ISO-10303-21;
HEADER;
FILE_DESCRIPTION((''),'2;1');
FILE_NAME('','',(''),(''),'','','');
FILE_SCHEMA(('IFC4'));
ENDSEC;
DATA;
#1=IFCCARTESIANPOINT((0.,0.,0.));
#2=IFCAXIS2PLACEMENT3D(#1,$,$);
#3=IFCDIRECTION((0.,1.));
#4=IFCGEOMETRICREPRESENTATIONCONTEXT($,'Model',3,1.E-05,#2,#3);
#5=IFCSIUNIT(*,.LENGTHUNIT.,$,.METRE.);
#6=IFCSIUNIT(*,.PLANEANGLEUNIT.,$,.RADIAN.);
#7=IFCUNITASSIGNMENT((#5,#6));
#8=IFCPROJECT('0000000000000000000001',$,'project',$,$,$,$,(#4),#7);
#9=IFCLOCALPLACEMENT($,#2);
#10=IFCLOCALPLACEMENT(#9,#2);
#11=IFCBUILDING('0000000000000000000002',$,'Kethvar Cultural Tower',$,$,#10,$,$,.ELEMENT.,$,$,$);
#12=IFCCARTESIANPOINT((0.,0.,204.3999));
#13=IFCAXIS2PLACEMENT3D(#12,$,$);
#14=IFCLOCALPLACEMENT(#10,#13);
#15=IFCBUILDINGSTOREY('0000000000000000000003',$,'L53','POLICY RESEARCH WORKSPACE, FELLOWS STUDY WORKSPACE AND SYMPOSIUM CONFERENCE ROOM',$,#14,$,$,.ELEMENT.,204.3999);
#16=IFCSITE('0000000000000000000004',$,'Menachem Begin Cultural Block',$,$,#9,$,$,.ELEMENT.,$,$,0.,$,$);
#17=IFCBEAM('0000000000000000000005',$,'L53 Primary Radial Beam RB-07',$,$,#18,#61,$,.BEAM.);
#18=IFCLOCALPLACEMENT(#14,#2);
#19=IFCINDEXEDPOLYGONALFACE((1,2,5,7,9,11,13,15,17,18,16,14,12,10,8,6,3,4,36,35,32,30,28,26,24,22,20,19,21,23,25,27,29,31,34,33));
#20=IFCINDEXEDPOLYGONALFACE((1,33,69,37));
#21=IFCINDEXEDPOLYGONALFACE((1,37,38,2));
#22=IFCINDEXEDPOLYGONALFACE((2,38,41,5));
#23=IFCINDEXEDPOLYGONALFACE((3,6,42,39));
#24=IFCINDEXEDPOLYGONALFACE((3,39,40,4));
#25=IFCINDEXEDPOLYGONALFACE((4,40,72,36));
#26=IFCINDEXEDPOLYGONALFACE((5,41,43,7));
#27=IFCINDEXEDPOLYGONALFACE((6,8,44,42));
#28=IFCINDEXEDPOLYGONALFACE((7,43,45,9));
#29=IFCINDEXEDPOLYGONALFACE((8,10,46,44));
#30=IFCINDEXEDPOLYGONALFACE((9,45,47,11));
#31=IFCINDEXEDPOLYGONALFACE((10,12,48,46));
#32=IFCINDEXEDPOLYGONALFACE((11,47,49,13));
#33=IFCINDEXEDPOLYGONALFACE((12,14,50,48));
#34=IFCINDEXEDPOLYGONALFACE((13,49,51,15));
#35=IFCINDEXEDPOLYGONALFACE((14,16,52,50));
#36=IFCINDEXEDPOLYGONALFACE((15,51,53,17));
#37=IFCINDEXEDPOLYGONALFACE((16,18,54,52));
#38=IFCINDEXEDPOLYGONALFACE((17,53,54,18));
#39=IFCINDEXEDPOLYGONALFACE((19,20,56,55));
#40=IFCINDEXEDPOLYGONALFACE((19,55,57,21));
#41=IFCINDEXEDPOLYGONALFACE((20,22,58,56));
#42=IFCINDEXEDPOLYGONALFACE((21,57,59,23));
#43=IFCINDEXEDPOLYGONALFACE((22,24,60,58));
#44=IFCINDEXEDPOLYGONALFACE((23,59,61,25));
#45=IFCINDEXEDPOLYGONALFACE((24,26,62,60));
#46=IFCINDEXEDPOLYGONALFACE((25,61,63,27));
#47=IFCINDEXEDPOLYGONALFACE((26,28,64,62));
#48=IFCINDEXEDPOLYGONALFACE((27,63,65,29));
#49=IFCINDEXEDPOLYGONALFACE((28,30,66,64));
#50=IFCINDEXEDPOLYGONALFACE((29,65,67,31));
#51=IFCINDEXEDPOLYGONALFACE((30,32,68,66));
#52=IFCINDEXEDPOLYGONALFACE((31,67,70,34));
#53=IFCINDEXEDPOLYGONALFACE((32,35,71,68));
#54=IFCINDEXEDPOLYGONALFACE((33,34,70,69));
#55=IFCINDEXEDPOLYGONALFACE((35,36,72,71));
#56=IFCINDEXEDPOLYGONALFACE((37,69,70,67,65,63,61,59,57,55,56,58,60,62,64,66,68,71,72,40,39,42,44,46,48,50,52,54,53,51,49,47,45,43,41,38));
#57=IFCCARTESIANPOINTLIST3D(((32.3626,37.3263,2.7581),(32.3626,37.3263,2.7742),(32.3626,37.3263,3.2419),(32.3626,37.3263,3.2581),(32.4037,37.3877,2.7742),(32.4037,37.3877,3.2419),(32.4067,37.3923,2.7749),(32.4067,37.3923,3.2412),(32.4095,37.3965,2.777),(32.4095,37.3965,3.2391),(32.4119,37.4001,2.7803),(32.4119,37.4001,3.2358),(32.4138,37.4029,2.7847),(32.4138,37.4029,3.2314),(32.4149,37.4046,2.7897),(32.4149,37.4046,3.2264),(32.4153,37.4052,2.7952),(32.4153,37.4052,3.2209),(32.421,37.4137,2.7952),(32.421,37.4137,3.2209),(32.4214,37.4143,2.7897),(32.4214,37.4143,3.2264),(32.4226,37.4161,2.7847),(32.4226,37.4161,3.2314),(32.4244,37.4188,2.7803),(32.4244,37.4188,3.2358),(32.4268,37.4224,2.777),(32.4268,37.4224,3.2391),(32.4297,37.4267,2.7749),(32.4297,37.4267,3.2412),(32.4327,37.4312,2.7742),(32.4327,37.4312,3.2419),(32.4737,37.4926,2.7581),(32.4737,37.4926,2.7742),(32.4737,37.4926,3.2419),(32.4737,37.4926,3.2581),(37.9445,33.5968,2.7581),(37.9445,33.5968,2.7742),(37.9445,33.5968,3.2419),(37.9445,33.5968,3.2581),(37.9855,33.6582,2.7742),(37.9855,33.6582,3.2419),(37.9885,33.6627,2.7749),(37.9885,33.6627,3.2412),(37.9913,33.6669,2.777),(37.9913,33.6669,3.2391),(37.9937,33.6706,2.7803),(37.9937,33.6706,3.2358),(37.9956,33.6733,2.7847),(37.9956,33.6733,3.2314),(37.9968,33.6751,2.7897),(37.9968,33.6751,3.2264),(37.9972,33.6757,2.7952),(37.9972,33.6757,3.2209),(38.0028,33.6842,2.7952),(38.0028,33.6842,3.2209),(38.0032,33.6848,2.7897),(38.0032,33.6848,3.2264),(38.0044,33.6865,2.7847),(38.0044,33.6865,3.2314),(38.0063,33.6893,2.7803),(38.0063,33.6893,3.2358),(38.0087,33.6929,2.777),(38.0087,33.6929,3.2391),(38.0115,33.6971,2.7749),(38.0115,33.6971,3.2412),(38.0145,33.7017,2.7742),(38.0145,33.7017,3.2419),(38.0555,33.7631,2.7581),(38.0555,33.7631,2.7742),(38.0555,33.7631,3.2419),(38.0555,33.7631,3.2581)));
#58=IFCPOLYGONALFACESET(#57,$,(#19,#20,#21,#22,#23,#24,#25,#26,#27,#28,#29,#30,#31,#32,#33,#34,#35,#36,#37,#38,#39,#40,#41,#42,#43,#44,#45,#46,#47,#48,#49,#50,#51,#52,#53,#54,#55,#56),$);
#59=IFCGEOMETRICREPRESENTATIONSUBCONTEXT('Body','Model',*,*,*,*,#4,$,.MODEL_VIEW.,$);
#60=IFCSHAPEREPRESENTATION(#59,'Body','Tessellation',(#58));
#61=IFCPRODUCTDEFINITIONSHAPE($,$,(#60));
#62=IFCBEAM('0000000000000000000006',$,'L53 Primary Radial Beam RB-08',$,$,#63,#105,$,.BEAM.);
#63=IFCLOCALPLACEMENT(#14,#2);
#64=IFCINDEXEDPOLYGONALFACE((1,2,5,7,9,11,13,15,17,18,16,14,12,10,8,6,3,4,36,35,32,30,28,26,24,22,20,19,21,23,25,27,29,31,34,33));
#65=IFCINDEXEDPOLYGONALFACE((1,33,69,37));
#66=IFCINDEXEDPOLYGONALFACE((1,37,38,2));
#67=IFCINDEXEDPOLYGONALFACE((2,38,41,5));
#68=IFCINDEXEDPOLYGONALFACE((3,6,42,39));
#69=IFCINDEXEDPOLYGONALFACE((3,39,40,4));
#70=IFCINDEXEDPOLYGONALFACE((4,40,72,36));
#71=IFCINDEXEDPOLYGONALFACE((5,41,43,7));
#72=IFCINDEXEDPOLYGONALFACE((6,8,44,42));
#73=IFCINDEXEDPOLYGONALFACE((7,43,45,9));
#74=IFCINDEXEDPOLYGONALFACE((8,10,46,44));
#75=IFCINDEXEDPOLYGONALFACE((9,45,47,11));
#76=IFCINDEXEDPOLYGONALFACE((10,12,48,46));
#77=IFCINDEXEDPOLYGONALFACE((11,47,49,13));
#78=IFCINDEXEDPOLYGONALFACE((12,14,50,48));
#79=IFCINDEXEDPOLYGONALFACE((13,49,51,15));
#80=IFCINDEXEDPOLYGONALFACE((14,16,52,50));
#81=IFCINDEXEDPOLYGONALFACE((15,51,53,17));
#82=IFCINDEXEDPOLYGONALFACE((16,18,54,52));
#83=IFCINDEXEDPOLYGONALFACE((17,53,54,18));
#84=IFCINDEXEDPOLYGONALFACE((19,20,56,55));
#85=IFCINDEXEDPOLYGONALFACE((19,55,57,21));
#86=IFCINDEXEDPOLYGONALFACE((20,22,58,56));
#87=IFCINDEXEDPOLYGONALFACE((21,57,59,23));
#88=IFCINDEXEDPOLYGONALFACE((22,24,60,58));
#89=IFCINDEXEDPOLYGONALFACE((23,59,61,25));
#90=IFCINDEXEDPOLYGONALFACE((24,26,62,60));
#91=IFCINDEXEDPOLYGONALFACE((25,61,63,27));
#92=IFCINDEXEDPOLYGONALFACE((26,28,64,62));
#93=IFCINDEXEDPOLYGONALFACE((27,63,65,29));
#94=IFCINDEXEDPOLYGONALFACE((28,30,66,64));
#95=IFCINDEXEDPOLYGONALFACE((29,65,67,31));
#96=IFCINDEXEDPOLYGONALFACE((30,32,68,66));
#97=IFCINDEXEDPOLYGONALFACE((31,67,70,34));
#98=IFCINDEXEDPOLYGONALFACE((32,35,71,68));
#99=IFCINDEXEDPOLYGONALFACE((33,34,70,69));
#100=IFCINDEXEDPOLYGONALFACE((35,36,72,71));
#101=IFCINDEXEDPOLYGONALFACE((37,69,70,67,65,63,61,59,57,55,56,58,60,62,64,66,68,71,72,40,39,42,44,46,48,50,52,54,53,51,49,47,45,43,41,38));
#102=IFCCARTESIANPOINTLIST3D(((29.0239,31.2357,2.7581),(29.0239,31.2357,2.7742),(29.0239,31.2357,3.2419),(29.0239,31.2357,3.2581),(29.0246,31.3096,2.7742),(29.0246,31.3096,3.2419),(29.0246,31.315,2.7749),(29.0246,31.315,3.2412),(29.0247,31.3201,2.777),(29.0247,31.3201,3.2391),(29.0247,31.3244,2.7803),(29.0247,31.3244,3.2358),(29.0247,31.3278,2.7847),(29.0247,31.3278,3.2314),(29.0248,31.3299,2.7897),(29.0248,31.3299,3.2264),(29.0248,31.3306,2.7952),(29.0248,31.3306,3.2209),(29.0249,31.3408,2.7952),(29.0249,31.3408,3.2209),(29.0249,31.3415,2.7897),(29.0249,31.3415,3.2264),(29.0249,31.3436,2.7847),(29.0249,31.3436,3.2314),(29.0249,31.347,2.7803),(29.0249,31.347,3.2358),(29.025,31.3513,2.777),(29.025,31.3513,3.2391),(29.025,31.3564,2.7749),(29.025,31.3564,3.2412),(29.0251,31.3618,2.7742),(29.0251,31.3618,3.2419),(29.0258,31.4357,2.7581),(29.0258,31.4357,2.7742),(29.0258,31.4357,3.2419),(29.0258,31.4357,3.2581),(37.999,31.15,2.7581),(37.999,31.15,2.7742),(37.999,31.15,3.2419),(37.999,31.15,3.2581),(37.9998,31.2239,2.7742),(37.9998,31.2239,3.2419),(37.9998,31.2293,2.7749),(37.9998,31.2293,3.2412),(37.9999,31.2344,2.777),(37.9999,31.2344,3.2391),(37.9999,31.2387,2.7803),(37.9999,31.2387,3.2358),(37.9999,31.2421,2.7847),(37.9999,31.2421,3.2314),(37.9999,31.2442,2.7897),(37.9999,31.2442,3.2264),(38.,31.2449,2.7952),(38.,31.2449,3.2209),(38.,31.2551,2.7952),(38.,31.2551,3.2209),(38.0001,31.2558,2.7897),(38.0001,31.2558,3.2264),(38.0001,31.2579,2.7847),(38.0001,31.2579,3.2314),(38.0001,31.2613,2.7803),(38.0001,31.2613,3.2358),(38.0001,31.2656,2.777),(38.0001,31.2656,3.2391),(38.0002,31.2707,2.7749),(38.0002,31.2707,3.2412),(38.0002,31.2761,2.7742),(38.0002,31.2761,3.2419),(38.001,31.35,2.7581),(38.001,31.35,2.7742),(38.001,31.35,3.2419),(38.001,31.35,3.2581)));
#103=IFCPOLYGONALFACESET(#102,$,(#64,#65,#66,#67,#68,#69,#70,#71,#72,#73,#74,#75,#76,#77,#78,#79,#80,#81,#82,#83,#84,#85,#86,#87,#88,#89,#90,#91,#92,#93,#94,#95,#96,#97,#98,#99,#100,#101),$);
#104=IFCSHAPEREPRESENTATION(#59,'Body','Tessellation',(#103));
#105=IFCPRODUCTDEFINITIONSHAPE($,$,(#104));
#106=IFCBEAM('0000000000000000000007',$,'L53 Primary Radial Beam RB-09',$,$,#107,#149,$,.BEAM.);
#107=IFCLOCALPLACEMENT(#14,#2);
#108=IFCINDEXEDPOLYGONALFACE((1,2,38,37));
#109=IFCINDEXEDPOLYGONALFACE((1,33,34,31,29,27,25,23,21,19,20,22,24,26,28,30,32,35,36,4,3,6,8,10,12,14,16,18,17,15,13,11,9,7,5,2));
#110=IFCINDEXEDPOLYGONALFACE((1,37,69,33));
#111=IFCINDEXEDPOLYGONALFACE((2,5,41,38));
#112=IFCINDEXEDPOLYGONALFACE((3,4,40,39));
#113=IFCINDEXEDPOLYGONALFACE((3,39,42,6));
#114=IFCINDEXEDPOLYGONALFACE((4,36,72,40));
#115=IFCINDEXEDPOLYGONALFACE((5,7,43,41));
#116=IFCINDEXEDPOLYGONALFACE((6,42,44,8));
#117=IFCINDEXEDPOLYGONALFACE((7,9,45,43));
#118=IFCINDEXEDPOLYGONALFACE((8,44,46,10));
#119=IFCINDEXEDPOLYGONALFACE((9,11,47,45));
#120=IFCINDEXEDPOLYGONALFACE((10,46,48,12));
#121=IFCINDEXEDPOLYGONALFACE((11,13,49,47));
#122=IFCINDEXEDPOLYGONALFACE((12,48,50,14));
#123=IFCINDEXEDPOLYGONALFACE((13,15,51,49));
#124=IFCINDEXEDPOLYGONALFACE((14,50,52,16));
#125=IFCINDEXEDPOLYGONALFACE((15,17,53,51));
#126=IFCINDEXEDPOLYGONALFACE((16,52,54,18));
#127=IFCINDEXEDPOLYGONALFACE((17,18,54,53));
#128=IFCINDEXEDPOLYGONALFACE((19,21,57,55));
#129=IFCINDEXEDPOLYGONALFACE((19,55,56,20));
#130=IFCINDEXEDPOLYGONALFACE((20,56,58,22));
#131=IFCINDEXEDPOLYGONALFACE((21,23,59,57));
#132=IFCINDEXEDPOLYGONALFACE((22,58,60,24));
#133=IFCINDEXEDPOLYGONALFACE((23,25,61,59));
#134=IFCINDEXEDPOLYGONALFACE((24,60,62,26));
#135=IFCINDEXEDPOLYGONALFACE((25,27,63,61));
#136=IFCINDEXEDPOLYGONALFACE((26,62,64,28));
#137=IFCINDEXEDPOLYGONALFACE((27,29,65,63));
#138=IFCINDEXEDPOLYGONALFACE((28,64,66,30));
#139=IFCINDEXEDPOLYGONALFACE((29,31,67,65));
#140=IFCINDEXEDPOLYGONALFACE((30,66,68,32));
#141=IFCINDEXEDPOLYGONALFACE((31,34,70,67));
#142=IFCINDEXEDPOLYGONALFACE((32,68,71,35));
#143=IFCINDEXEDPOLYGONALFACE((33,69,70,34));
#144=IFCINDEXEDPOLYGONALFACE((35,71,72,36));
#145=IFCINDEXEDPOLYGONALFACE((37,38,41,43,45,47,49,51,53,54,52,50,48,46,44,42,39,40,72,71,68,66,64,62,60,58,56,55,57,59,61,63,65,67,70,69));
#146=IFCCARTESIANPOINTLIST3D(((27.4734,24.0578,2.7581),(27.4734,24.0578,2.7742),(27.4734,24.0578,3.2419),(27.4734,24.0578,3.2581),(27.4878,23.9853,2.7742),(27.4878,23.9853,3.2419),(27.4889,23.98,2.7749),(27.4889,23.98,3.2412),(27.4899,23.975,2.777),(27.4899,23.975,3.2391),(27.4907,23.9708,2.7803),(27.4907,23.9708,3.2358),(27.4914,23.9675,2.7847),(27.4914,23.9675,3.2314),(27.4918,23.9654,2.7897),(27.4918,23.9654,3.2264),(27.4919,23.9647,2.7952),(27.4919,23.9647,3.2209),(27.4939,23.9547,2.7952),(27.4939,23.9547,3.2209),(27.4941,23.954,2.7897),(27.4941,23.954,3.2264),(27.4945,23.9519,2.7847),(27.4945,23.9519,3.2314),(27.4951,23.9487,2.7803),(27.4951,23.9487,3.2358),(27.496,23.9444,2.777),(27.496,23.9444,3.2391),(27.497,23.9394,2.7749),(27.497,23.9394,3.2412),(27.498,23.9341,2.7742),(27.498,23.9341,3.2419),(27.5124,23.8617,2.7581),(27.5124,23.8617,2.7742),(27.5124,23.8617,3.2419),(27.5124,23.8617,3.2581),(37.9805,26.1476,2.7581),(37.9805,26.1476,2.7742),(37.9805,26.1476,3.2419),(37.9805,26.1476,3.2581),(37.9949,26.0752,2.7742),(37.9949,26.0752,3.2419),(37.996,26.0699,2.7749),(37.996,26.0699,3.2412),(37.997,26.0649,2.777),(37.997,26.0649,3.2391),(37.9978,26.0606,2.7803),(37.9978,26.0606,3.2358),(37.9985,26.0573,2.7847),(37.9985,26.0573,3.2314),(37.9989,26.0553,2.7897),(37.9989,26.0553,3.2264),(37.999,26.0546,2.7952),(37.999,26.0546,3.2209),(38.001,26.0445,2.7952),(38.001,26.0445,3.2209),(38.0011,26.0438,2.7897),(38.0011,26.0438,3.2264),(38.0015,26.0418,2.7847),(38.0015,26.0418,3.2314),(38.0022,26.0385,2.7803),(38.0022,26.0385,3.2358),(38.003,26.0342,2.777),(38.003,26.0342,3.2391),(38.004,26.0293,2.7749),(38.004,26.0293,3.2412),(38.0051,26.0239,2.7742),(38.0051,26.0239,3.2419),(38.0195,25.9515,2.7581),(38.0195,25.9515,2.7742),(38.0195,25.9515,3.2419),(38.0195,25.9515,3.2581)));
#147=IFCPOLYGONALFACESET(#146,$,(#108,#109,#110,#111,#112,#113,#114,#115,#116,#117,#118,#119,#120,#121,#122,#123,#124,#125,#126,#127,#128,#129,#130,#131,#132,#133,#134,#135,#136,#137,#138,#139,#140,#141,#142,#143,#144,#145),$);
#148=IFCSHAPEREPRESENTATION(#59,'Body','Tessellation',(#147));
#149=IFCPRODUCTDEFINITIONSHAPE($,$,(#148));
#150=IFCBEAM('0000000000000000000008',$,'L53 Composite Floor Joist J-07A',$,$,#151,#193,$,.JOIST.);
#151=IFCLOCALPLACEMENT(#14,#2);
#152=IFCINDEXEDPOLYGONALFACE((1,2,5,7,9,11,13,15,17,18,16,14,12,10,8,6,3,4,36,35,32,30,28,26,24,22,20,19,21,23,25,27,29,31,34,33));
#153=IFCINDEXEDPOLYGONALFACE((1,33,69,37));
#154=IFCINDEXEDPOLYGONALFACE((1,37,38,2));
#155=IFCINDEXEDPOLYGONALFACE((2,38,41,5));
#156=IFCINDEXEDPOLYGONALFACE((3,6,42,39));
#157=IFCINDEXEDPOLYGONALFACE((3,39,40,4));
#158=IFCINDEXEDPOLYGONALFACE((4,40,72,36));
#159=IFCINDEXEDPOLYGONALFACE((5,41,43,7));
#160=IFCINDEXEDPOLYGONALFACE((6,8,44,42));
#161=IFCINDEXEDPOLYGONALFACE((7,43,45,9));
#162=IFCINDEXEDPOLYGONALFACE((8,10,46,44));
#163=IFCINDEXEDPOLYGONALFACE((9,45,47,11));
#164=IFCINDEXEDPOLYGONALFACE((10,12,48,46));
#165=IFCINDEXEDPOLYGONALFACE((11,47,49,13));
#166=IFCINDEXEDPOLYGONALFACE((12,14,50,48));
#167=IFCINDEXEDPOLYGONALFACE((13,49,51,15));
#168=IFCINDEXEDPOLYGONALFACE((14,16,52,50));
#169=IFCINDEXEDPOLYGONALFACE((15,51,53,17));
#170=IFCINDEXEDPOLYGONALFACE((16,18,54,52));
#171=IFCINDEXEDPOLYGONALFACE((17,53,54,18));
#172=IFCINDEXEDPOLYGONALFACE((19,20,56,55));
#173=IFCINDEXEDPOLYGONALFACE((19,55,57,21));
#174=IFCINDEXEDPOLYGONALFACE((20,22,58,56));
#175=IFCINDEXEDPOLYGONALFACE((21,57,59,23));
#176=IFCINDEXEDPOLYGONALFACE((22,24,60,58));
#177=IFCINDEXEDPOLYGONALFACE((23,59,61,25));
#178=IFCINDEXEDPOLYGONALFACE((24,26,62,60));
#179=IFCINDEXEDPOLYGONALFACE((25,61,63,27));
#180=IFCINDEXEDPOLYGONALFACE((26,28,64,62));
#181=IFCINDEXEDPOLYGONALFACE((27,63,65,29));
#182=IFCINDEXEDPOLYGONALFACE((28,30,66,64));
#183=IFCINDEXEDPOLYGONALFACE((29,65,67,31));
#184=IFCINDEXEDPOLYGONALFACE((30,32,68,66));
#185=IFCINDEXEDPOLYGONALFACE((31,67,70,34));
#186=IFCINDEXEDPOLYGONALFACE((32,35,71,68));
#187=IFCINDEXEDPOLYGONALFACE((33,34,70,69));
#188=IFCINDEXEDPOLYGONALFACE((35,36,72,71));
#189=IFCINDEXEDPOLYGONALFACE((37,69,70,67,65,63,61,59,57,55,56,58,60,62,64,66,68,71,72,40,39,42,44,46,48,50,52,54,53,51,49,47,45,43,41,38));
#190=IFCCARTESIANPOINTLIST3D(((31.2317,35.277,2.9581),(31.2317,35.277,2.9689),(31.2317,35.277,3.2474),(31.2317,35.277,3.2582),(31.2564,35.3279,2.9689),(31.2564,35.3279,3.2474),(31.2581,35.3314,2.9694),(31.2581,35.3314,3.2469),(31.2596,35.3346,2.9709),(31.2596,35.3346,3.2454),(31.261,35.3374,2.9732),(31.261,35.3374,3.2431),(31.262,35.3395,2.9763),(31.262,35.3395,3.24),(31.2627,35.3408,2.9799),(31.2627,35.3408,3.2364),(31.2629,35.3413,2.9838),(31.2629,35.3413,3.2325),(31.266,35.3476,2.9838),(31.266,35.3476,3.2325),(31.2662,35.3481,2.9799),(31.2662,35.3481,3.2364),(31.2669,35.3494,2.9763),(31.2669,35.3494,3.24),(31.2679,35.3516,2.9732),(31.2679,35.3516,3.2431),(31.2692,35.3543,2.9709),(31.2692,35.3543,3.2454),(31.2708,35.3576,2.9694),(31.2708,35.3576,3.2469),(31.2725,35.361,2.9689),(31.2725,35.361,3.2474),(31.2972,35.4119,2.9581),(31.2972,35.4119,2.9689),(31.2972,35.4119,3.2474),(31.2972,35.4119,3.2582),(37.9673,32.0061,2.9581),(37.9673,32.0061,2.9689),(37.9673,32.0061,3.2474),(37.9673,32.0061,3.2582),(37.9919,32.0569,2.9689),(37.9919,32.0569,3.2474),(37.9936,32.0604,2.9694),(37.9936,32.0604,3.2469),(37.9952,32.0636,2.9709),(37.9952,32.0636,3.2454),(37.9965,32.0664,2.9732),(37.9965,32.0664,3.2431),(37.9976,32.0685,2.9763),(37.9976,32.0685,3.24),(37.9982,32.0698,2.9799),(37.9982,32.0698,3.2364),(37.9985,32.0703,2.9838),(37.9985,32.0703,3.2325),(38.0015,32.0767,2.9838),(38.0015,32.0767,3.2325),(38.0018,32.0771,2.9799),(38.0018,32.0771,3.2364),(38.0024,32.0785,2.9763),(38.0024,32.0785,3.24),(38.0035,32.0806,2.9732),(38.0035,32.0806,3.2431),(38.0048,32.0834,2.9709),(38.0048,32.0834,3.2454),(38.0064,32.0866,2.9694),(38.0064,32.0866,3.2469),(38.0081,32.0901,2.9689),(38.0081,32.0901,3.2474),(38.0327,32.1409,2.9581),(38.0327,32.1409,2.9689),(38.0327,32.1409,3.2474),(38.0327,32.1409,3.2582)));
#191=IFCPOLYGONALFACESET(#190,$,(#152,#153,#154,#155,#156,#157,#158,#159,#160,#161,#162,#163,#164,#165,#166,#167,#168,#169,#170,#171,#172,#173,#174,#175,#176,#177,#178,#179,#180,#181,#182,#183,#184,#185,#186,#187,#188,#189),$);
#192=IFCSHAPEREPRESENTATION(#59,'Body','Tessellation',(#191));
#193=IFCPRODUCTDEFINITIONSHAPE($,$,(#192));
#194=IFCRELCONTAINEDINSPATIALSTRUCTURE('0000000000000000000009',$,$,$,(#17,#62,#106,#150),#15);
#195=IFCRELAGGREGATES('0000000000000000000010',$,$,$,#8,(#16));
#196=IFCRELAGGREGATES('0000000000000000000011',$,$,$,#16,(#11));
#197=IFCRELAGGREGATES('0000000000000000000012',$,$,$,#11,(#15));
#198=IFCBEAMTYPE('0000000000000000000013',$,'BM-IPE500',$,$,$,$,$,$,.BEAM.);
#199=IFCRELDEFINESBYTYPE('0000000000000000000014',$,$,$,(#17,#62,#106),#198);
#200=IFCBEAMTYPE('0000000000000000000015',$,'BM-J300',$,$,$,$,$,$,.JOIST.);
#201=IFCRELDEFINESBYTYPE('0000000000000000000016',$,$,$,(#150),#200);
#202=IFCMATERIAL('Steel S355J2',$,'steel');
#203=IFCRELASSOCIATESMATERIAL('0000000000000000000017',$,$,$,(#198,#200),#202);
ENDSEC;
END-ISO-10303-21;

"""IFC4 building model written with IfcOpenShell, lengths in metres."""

from ifc_helpers import new_model, si_unit, direction, frame, origin, origin_2d, place, context, subcontext, project, spatial, i_section, extrude, source, transform, mapped, material, material_profile, profile_set, type_object, element, save


model = new_model("IFC4")

# Units and contexts
model_context = context("Model", 3, precision=1e-05, world=origin(), true_north=direction((0.0, 1.0)))
body_context = subcontext(model_context, "Body", "Model", "MODEL_VIEW")
ifc_project = project(units=[si_unit("LENGTHUNIT", "METRE"), si_unit("PLANEANGLEUNIT", "RADIAN")], contexts=[model_context])

# Site, building, storey
site_placement = place(None, origin())
site = spatial("IfcSite", under=ifc_project, at=site_placement, Name="Menachem Begin Cultural Block", CompositionType="ELEMENT", RefElevation=0.0)
building_placement = place(site_placement, origin())
building = spatial("IfcBuilding", under=site, at=building_placement, Name="Kethvar Cultural Tower", CompositionType="ELEMENT")
storey_placement = place(building_placement, frame((0.0, 0.0, 204.3999)))
storey = spatial("IfcBuildingStorey", under=building, at=storey_placement, Name="L53", Description="POLICY RESEARCH WORKSPACE, FELLOWS STUDY WORKSPACE AND SYMPOSIUM CONFERENCE ROOM", CompositionType="ELEMENT", Elevation=204.3999)

# Beams
ifc_material_1 = material(Name="Steel S355J2", Category="steel")
ifc_material_profile_1 = material_profile(ifc_material_1, i_section(OverallWidth=0.2, OverallDepth=0.5, WebThickness=0.0103, FlangeThickness=0.0161, FilletRadius=0.021, at=origin_2d()), Name="Steel S355J2 — IPE500")
ifc_profile_set_1 = profile_set([ifc_material_profile_1], Name="Steel S355J2 — IPE500")
beam_type_1 = type_object("IfcBeamType", Name="BM-IPE500", PredefinedType="BEAM", material=ifc_profile_set_1)
shared_shape_1 = source(origin(), body_context, "Body", "SweptSolid", [
    extrude(i_section(OverallWidth=0.2, OverallDepth=0.5, WebThickness=0.0103, FlangeThickness=0.0161, FilletRadius=0.021, at=origin_2d()), origin(), (0.0, 0.0, 1.0), 6.7131),
])
beam_1_placement = place(storey_placement, frame((38.0, 33.6799, 3.0081), z_axis=(-0.831479, 0.555556, 0.0), x_axis=(-0.555556, -0.831479, 0.0)))
element("IfcBeam", 1, at=beam_1_placement, inside=storey, type_object=beam_type_1, Name="L53 Primary Radial Beam RB-07", PredefinedType="BEAM", context=body_context, shape_type="MappedRepresentation", body=[
    mapped(shared_shape_1, transform((0.0, 0.0, 0.0), scale=1.0)),
])
shared_shape_2 = source(origin(), body_context, "Body", "SweptSolid", [
    extrude(i_section(OverallWidth=0.2, OverallDepth=0.5, WebThickness=0.0103, FlangeThickness=0.0161, FilletRadius=0.021, at=origin_2d()), origin(), (0.0, 0.0, 1.0), 8.9756),
])
beam_2_placement = place(storey_placement, frame((38.0, 31.25, 3.0081), z_axis=(-0.999954, 0.009547, 0.0), x_axis=(-0.009547, -0.999954, 0.0)))
element("IfcBeam", 2, at=beam_2_placement, inside=storey, type_object=beam_type_1, Name="L53 Primary Radial Beam RB-08", PredefinedType="BEAM", context=body_context, shape_type="MappedRepresentation", body=[
    mapped(shared_shape_2, transform((0.0, 0.0, 0.0), scale=1.0)),
])
shared_shape_3 = source(origin(), body_context, "Body", "SweptSolid", [
    extrude(i_section(OverallWidth=0.2, OverallDepth=0.5, WebThickness=0.0103, FlangeThickness=0.0161, FilletRadius=0.021, at=origin_2d()), origin(), (0.0, 0.0, 1.0), 10.7129),
])
beam_3_placement = place(storey_placement, frame((38.0, 26.0496, 3.0081), z_axis=(-0.980788, -0.195077, 0.0), x_axis=(0.195077, -0.980788, 0.0)))
element("IfcBeam", 3, at=beam_3_placement, inside=storey, type_object=beam_type_1, Name="L53 Primary Radial Beam RB-09", PredefinedType="BEAM", context=body_context, shape_type="MappedRepresentation", body=[
    mapped(shared_shape_3, transform((0.0, 0.0, 0.0), scale=1.0)),
])
ifc_material_profile_2 = material_profile(ifc_material_1, i_section(OverallWidth=0.1499, OverallDepth=0.3, WebThickness=0.0071, FlangeThickness=0.0107, FilletRadius=0.0149, at=origin_2d()), Name="Steel S355J2 — IPE300")
ifc_profile_set_2 = profile_set([ifc_material_profile_2], Name="Steel S355J2 — IPE300")
beam_type_2 = type_object("IfcBeamType", Name="BM-J300", PredefinedType="JOIST", material=ifc_profile_set_2)
shared_shape_4 = source(origin(), body_context, "Body", "SweptSolid", [
    extrude(i_section(OverallWidth=0.1499, OverallDepth=0.3, WebThickness=0.0071, FlangeThickness=0.0107, FilletRadius=0.0149, at=origin_2d()), origin(), (0.0, 0.0, 1.0), 7.4878),
])
beam_4_placement = place(storey_placement, frame((38.0, 32.0735, 3.1082), z_axis=(-0.899539, 0.436841, 0.0), x_axis=(-0.436841, -0.899539, 0.0)))
element("IfcBeam", 4, at=beam_4_placement, inside=storey, type_object=beam_type_2, Name="L53 Composite Floor Joist J-07A", PredefinedType="JOIST", context=body_context, shape_type="MappedRepresentation", body=[
    mapped(shared_shape_4, transform((0.0, 0.0, 0.0), scale=1.0)),
])

save(model, "model.ifc")
